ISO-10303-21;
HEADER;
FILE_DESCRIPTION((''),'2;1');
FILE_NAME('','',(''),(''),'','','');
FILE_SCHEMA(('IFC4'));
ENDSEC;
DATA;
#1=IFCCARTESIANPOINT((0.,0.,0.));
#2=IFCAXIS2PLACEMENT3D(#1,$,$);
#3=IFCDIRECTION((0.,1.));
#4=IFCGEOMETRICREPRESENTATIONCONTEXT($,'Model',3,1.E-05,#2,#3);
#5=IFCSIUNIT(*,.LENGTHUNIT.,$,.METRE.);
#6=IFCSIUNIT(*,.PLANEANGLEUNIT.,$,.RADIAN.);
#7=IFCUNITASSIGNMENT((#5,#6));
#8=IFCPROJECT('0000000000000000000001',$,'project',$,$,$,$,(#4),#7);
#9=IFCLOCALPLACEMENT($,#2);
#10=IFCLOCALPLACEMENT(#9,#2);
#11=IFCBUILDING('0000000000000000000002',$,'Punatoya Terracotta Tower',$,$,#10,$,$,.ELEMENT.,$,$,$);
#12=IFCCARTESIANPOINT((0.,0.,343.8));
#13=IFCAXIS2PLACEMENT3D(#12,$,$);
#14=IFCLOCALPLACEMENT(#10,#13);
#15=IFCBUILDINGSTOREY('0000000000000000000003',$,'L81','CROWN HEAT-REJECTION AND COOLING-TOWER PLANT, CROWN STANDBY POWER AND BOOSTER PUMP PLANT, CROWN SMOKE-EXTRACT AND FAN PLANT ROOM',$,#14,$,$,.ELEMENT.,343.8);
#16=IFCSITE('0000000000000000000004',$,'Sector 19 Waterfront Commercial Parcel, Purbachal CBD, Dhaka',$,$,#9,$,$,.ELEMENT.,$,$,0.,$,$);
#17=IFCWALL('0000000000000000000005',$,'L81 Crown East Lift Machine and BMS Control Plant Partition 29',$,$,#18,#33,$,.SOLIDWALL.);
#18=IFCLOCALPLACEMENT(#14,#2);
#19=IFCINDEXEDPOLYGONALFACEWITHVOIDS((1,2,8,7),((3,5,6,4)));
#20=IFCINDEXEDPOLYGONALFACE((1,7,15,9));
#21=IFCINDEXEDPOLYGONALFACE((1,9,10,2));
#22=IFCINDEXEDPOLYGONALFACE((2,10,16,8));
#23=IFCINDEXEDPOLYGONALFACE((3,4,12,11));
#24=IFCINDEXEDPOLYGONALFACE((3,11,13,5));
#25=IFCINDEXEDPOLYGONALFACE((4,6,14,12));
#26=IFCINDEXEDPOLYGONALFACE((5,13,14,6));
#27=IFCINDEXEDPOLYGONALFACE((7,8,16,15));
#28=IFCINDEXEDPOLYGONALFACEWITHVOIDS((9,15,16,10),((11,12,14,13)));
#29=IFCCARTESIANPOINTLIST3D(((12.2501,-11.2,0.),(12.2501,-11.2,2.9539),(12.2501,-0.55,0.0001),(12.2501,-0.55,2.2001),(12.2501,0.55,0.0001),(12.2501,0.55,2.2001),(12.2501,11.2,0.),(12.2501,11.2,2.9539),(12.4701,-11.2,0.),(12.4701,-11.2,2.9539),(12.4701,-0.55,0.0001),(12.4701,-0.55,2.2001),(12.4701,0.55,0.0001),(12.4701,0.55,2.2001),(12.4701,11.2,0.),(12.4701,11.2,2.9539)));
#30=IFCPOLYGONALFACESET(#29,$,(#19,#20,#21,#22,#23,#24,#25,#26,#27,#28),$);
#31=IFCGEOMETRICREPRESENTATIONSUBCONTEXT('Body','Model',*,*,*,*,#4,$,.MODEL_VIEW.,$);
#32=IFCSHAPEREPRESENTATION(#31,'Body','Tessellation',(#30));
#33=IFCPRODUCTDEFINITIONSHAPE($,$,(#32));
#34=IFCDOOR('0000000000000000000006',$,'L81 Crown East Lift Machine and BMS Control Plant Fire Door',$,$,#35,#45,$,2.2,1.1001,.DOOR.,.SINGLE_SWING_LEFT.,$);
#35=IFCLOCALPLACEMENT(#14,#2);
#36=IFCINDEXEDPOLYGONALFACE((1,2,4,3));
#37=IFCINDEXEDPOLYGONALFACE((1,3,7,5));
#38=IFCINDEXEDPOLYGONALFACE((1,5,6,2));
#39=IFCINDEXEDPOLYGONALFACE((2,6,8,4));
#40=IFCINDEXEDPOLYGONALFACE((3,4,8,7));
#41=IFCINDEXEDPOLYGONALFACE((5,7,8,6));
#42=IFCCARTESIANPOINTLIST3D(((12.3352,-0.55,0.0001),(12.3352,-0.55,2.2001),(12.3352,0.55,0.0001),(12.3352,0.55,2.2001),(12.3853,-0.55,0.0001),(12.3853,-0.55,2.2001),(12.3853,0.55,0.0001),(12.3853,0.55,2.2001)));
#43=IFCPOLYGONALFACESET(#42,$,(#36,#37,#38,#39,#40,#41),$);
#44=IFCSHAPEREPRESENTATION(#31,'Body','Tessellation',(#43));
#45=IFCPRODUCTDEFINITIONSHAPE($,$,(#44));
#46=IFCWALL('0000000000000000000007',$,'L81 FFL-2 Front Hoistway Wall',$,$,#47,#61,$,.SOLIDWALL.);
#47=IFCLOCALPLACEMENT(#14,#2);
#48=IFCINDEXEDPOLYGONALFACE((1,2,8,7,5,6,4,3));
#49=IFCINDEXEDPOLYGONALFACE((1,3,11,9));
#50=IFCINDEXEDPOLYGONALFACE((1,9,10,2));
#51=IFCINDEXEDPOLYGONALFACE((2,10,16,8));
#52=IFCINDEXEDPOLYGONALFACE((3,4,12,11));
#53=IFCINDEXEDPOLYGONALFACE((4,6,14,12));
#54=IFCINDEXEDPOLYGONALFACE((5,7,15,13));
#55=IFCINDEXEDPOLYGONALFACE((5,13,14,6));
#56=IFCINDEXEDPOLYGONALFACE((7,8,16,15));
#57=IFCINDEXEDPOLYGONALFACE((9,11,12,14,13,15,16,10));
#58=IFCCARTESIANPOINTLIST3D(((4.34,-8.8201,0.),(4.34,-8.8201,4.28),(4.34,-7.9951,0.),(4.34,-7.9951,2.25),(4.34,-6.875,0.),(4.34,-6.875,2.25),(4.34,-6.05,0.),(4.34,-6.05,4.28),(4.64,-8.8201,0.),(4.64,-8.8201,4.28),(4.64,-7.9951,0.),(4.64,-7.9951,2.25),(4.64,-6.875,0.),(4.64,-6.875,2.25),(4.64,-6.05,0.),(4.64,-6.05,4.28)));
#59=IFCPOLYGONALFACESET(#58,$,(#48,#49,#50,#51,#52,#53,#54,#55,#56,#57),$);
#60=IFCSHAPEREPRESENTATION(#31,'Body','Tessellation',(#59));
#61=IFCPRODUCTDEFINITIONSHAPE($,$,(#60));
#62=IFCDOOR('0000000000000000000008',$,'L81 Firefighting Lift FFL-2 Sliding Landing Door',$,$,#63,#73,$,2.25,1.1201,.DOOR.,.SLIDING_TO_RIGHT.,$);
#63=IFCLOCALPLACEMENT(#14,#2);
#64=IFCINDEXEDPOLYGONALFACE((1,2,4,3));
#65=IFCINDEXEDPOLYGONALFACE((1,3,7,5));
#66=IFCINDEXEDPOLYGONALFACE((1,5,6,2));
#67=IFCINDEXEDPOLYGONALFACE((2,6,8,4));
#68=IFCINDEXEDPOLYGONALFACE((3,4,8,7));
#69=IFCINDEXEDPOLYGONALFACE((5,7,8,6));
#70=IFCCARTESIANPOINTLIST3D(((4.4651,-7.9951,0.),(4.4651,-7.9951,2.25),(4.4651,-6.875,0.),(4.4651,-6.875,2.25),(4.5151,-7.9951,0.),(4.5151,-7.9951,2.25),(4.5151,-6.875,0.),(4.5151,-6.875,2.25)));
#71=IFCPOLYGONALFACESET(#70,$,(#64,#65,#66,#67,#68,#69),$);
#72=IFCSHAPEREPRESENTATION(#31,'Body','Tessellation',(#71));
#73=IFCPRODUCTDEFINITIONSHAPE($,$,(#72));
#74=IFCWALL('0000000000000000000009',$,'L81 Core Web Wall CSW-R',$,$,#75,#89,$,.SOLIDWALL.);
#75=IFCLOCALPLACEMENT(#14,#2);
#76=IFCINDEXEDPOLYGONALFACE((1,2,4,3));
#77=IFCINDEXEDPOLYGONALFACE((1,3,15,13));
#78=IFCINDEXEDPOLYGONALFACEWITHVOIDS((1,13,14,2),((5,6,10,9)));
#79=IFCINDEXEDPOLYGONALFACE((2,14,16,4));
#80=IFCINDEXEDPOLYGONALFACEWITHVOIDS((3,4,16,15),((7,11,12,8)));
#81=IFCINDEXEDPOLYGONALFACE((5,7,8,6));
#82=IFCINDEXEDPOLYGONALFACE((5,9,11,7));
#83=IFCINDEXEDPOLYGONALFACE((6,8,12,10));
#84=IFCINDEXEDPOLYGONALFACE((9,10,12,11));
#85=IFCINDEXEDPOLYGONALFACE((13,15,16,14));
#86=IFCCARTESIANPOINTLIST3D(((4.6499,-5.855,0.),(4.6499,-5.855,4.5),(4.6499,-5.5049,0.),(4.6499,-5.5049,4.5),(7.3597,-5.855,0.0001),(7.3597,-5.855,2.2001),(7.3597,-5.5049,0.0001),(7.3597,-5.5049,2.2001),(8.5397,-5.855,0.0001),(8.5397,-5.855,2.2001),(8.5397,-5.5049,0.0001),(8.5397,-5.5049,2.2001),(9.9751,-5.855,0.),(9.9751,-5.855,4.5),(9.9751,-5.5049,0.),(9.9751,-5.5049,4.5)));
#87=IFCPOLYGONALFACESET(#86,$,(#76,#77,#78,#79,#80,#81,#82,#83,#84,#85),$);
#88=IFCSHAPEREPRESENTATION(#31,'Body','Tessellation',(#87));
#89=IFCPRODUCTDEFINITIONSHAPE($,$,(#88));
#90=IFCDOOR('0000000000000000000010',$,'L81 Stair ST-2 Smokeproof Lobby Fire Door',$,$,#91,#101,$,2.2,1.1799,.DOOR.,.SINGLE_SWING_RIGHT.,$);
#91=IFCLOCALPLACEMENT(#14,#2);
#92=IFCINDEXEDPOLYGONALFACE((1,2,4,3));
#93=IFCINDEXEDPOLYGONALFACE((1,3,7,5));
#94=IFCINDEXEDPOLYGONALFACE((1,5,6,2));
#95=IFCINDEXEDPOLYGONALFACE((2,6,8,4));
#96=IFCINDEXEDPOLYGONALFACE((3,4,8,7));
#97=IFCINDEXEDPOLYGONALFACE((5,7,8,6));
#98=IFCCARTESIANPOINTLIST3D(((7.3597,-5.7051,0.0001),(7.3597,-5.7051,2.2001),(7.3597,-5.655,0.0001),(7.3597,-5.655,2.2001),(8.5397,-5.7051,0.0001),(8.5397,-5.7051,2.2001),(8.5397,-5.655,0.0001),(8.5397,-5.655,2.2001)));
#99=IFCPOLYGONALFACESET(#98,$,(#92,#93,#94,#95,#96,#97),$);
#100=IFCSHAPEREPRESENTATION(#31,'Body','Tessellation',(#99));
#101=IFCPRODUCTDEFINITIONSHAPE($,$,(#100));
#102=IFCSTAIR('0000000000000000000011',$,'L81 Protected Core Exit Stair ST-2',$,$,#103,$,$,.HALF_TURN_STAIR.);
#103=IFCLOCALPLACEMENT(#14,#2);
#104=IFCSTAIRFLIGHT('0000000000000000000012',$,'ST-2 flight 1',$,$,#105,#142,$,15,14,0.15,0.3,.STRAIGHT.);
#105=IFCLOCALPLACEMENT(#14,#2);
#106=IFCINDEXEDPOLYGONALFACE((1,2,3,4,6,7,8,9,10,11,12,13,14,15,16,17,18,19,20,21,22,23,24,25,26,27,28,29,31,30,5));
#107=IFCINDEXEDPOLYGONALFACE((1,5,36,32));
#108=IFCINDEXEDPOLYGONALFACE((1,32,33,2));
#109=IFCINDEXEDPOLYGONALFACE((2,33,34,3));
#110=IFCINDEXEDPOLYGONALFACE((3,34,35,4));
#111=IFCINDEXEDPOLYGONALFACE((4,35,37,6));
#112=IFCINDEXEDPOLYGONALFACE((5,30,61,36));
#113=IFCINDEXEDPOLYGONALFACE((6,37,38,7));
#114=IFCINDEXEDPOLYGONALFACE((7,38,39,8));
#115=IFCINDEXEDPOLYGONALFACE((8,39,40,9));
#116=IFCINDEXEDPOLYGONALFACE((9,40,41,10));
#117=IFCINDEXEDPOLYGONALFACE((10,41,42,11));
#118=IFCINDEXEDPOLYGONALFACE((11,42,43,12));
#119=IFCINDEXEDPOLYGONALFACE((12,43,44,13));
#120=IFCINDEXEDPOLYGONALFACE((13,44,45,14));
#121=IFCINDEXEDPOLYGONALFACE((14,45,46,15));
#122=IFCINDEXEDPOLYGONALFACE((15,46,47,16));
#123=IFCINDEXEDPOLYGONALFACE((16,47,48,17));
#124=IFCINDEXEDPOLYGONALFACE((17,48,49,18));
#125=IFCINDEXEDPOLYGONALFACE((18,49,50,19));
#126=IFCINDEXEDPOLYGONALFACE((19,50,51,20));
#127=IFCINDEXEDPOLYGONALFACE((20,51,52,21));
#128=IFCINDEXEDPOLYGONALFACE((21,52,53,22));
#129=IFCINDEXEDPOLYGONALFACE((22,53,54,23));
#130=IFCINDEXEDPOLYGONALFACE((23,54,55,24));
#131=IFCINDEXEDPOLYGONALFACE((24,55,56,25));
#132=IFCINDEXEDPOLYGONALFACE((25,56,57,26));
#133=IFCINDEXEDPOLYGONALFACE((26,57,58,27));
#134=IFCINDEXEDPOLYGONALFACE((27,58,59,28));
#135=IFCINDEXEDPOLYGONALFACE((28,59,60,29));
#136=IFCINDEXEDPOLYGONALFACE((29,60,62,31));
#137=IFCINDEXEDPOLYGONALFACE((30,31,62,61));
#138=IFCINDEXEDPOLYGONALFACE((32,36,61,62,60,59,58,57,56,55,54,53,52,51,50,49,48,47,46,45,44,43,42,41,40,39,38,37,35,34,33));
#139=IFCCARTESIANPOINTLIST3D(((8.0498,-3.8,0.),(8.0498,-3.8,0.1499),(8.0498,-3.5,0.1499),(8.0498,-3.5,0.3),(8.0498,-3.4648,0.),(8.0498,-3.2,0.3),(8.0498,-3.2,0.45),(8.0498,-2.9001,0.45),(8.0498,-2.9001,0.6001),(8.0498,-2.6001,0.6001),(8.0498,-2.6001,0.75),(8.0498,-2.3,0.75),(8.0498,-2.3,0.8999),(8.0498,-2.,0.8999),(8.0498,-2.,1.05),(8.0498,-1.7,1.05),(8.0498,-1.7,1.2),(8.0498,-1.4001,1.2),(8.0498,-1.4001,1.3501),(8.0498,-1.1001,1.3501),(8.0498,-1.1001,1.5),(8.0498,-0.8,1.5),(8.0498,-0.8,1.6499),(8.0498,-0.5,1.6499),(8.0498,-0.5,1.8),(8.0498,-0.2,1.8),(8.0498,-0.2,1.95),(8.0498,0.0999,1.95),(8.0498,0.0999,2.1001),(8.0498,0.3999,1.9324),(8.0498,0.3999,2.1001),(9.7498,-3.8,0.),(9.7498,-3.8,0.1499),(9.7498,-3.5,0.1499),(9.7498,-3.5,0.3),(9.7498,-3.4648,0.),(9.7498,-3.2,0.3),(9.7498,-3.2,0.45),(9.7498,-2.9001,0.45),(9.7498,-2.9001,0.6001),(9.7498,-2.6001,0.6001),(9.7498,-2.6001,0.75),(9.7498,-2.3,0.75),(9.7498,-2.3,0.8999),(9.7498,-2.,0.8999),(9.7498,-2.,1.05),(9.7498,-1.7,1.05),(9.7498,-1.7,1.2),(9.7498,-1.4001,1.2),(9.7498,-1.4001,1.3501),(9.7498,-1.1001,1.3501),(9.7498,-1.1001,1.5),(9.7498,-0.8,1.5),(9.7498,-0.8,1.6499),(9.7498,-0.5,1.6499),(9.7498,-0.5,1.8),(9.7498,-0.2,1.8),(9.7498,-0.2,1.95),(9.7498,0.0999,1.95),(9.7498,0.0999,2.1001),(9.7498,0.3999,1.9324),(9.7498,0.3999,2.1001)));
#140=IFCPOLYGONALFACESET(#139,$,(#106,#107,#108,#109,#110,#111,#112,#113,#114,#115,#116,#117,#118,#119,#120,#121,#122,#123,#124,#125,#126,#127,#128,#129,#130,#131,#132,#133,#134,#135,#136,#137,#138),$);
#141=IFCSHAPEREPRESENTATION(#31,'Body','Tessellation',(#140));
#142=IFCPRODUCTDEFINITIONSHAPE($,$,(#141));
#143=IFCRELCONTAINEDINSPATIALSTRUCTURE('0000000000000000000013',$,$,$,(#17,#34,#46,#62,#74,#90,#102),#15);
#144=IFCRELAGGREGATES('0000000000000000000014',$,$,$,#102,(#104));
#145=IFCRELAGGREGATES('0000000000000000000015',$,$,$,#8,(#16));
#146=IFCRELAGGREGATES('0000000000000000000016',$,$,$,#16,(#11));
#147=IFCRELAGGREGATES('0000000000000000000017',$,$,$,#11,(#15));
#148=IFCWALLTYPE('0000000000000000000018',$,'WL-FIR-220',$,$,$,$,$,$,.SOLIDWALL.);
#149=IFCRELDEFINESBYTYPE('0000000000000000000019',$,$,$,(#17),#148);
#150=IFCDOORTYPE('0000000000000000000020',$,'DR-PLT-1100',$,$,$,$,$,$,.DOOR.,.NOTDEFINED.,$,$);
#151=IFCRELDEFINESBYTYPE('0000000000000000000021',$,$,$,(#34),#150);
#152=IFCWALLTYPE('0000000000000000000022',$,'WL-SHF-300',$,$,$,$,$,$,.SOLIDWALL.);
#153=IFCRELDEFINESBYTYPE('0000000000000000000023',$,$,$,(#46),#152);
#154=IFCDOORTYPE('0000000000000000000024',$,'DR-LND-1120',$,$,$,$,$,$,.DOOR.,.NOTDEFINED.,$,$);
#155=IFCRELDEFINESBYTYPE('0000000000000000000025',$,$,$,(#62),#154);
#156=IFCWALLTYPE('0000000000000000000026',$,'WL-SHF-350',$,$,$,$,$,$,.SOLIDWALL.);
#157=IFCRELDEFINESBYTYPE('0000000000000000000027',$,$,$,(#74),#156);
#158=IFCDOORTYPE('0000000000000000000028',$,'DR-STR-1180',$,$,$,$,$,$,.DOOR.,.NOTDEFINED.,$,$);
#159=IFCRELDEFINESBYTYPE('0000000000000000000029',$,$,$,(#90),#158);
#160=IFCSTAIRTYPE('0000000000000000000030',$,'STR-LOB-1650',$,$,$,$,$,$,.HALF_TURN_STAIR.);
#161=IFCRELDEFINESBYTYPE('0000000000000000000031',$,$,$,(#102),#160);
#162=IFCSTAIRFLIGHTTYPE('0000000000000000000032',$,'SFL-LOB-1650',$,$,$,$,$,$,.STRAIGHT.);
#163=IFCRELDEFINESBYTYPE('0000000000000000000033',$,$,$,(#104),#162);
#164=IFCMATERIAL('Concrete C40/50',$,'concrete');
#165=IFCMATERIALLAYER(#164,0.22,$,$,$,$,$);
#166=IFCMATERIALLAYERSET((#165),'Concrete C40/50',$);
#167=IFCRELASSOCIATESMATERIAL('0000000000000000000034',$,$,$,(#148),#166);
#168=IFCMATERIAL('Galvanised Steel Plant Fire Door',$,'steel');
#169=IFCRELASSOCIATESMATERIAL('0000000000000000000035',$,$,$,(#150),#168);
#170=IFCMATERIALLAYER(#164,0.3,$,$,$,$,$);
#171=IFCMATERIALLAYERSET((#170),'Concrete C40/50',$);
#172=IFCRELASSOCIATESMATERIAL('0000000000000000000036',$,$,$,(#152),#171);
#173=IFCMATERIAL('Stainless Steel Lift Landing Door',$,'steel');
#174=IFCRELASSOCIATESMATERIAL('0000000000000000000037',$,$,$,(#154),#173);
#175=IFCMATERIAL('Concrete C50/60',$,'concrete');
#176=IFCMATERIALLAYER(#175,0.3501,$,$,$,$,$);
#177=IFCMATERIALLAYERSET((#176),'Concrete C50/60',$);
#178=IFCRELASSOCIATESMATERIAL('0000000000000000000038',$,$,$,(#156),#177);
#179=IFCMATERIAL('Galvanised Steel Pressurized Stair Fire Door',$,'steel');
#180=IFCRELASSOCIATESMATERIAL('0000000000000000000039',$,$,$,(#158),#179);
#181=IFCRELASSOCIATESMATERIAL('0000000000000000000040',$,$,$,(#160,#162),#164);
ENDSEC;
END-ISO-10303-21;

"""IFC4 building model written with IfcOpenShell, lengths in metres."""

from ifc_helpers import new_model, si_unit, direction, frame, frame_2d, origin, place, context, subcontext, project, spatial, polyline, rectangle, outline, extrude, material, layer, layer_set, type_object, element, fill, aggregate, save


model = new_model("IFC4")

# Units and contexts
model_context = context("Model", 3, precision=1e-05, world=origin(), true_north=direction((0.0, 1.0)))
body_context = subcontext(model_context, "Body", "Model", "MODEL_VIEW")
ifc_project = project(units=[si_unit("LENGTHUNIT", "METRE"), si_unit("PLANEANGLEUNIT", "RADIAN")], contexts=[model_context])

# Site, building, storey
site_placement = place(None, origin())
site = spatial("IfcSite", under=ifc_project, at=site_placement, Name="Sector 19 Waterfront Commercial Parcel, Purbachal CBD, Dhaka", CompositionType="ELEMENT", RefElevation=0.0)
building_placement = place(site_placement, origin())
building = spatial("IfcBuilding", under=site, at=building_placement, Name="Punatoya Terracotta Tower", CompositionType="ELEMENT")
storey_placement = place(building_placement, frame((0.0, 0.0, 343.8)))
storey = spatial("IfcBuildingStorey", under=building, at=storey_placement, Name="L81", Description="CROWN HEAT-REJECTION AND COOLING-TOWER PLANT, CROWN STANDBY POWER AND BOOSTER PUMP PLANT, CROWN SMOKE-EXTRACT AND FAN PLANT ROOM", CompositionType="ELEMENT", Elevation=343.8)

# Shared definitions
ifc_material_1 = material(Name="Concrete C50/60", Category="concrete")

# Shared definitions
ifc_material_2 = material(Name="Concrete C40/50", Category="concrete")
ifc_layer_1 = layer(ifc_material_2, 0.22)
ifc_layer_set_1 = layer_set([ifc_layer_1], Name="Concrete C40/50")
wall_type_1 = type_object("IfcWallType", Name="WL-FIR-220", PredefinedType="SOLIDWALL", material=ifc_layer_set_1)

# Walls, openings, doors
wall_1_placement = place(storey_placement, frame((12.3601, -11.2, 0.0), z_axis=(0.0, 0.0, 1.0), x_axis=(0.0, 1.0, 0.0)))
wall_1 = element("IfcWall", 1, at=wall_1_placement, inside=storey, type_object=wall_type_1, Name="L81 Crown East Lift Machine and BMS Control Plant Partition 29", PredefinedType="SOLIDWALL", context=body_context, shape_type="SweptSolid", body=[
    extrude(rectangle(XDim=22.3999, YDim=0.22, at=frame_2d((11.2, 0.0))), origin(), (0.0, 0.0, 1.0), 2.9539),
])
opening_1_placement = place(wall_1_placement, frame((10.6499, 0.0, 0.0)))
opening_1 = element("IfcOpeningElement", 2, at=opening_1_placement, cuts=wall_1, PredefinedType="OPENING", context=body_context, shape_type="SweptSolid", body=[
    extrude(rectangle(XDim=1.1001, YDim=2.2, at=frame_2d((0.55, 1.1001))), frame((0.0, 0.1199, 0.0), z_axis=(0.0, -1.0, 0.0), x_axis=(1.0, 0.0, 0.0)), (0.0, 0.0, 1.0), 0.24),
])
ifc_material_3 = material(Name="Galvanised Steel Plant Fire Door", Category="steel")
door_type_1 = type_object("IfcDoorType", Name="DR-PLT-1100", OperationType="NOTDEFINED", PredefinedType="DOOR", material=ifc_material_3)
door_1_placement = place(opening_1_placement, origin())
door_1 = element("IfcDoor", 3, at=door_1_placement, inside=storey, type_object=door_type_1, Name="L81 Crown East Lift Machine and BMS Control Plant Fire Door", OperationType="SINGLE_SWING_LEFT", OverallHeight=2.2, OverallWidth=1.1001, PredefinedType="DOOR", context=body_context, shape_type="SweptSolid", body=[
    extrude(rectangle(XDim=1.1001, YDim=2.2, at=frame_2d((0.55, 1.1001))), frame((0.0, 0.0249, 0.0), z_axis=(0.0, -1.0, 0.0), x_axis=(1.0, 0.0, 0.0)), (0.0, 0.0, 1.0), 0.05),
])
fill(opening_1, door_1)
ifc_layer_2 = layer(ifc_material_2, 0.3)
ifc_layer_set_2 = layer_set([ifc_layer_2], Name="Concrete C40/50")
wall_type_2 = type_object("IfcWallType", Name="WL-SHF-300", PredefinedType="SOLIDWALL", material=ifc_layer_set_2)
wall_2_placement = place(storey_placement, frame((4.49, -8.8201, 0.0), z_axis=(0.0, 0.0, 1.0), x_axis=(0.0, 1.0, 0.0)))
wall_2 = element("IfcWall", 4, at=wall_2_placement, inside=storey, type_object=wall_type_2, Name="L81 FFL-2 Front Hoistway Wall", PredefinedType="SOLIDWALL", context=body_context, shape_type="SweptSolid", body=[
    extrude(rectangle(XDim=2.77, YDim=0.3, at=frame_2d((1.385, 0.0))), origin(), (0.0, 0.0, 1.0), 4.28),
])
opening_2_placement = place(wall_2_placement, frame((0.825, 0.0, 0.0)))
opening_2 = element("IfcOpeningElement", 5, at=opening_2_placement, cuts=wall_2, PredefinedType="OPENING", context=body_context, shape_type="SweptSolid", body=[
    extrude(rectangle(XDim=1.1201, YDim=2.25, at=frame_2d((0.5601, 1.125))), frame((0.0, 0.1599, 0.0), z_axis=(0.0, -1.0, 0.0), x_axis=(1.0, 0.0, 0.0)), (0.0, 0.0, 1.0), 0.3201),
])
ifc_material_4 = material(Name="Stainless Steel Lift Landing Door", Category="steel")
door_type_2 = type_object("IfcDoorType", Name="DR-LND-1120", OperationType="NOTDEFINED", PredefinedType="DOOR", material=ifc_material_4)
door_2_placement = place(opening_2_placement, origin())
door_2 = element("IfcDoor", 6, at=door_2_placement, inside=storey, type_object=door_type_2, Name="L81 Firefighting Lift FFL-2 Sliding Landing Door", OperationType="SLIDING_TO_RIGHT", OverallHeight=2.25, OverallWidth=1.1201, PredefinedType="DOOR", context=body_context, shape_type="SweptSolid", body=[
    extrude(rectangle(XDim=1.1201, YDim=2.25, at=frame_2d((0.5601, 1.125))), frame((0.0, 0.0249, 0.0), z_axis=(0.0, -1.0, 0.0), x_axis=(1.0, 0.0, 0.0)), (0.0, 0.0, 1.0), 0.05),
])
fill(opening_2, door_2)
ifc_layer_3 = layer(ifc_material_1, 0.3501)
ifc_layer_set_3 = layer_set([ifc_layer_3], Name="Concrete C50/60")
wall_type_3 = type_object("IfcWallType", Name="WL-SHF-350", PredefinedType="SOLIDWALL", material=ifc_layer_set_3)
wall_3_placement = place(storey_placement, frame((4.6499, -5.6799, 0.0), z_axis=(0.0, 0.0, 1.0), x_axis=(1.0, 0.0, 0.0)))
wall_3 = element("IfcWall", 7, at=wall_3_placement, inside=storey, type_object=wall_type_3, Name="L81 Core Web Wall CSW-R", PredefinedType="SOLIDWALL", context=body_context, shape_type="SweptSolid", body=[
    extrude(rectangle(XDim=5.3252, YDim=0.3501, at=frame_2d((2.6626, 0.0))), origin(), (0.0, 0.0, 1.0), 4.5),
])
opening_3_placement = place(wall_3_placement, frame((2.71, 0.0, 0.0)))
opening_3 = element("IfcOpeningElement", 8, at=opening_3_placement, cuts=wall_3, PredefinedType="OPENING", context=body_context, shape_type="SweptSolid", body=[
    extrude(rectangle(XDim=1.1799, YDim=2.2, at=frame_2d((0.5898, 1.1001))), frame((0.0, 0.1851, 0.0), z_axis=(0.0, -1.0, 0.0), x_axis=(1.0, 0.0, 0.0)), (0.0, 0.0, 1.0), 0.3701),
])
ifc_material_5 = material(Name="Galvanised Steel Pressurized Stair Fire Door", Category="steel")
door_type_3 = type_object("IfcDoorType", Name="DR-STR-1180", OperationType="NOTDEFINED", PredefinedType="DOOR", material=ifc_material_5)
door_3_placement = place(opening_3_placement, origin())
door_3 = element("IfcDoor", 9, at=door_3_placement, inside=storey, type_object=door_type_3, Name="L81 Stair ST-2 Smokeproof Lobby Fire Door", OperationType="SINGLE_SWING_RIGHT", OverallHeight=2.2, OverallWidth=1.1799, PredefinedType="DOOR", context=body_context, shape_type="SweptSolid", body=[
    extrude(rectangle(XDim=1.1799, YDim=2.2, at=frame_2d((0.5898, 1.1001))), frame((0.0, 0.0249, 0.0), z_axis=(0.0, -1.0, 0.0), x_axis=(1.0, 0.0, 0.0)), (0.0, 0.0, 1.0), 0.05),
])
fill(opening_3, door_3)

# Stair, stair flight
stair_type = type_object("IfcStairType", Name="STR-LOB-1650", PredefinedType="HALF_TURN_STAIR", material=ifc_material_2)
stair_placement = place(storey_placement, origin())
stair = element("IfcStair", 10, at=stair_placement, inside=storey, type_object=stair_type, Name="L81 Protected Core Exit Stair ST-2", PredefinedType="HALF_TURN_STAIR")
stair_flight_type = type_object("IfcStairFlightType", Name="SFL-LOB-1650", PredefinedType="STRAIGHT", material=ifc_material_2)
stair_flight_placement = place(storey_placement, frame((8.8999, -3.8, 0.0), z_axis=(0.0, 0.0, 1.0), x_axis=(0.0, 1.0, 0.0)))
stair_flight = element("IfcStairFlight", 11, at=stair_flight_placement, type_object=stair_flight_type, Name="ST-2 flight 1", NumberOfRisers=15, NumberOfTreads=14, PredefinedType="STRAIGHT", RiserHeight=0.15, TreadLength=0.3, context=body_context, shape_type="SweptSolid", body=[
    extrude(outline(polyline([(0.0, 0.0), (0.0, 0.1499), (0.3, 0.1499), (0.3, 0.3), (0.6001, 0.3), (0.6001, 0.45), (0.8999, 0.45), (0.8999, 0.6001), (1.2, 0.6001), (1.2, 0.75), (1.5, 0.75), (1.5, 0.8999), (1.8, 0.8999), (1.8, 1.05), (2.1001, 1.05), (2.1001, 1.2), (2.3999, 1.2), (2.3999, 1.3501), (2.7, 1.3501), (2.7, 1.5), (3.0, 1.5), (3.0, 1.6499), (3.3, 1.6499), (3.3, 1.8), (3.6001, 1.8), (3.6001, 1.95), (3.8999, 1.95), (3.8999, 2.1001), (4.2, 2.1001), (4.2, 2.25), (4.2, 1.9324), (0.3352, 0.0), (0.0, 0.0)])), frame((0.0, 0.8501, 0.0), z_axis=(0.0, -1.0, 0.0), x_axis=(1.0, 0.0, 0.0)), (0.0, 0.0, 1.0), 1.7),
])
aggregate(stair, [stair_flight])

save(model, "model.ifc")
